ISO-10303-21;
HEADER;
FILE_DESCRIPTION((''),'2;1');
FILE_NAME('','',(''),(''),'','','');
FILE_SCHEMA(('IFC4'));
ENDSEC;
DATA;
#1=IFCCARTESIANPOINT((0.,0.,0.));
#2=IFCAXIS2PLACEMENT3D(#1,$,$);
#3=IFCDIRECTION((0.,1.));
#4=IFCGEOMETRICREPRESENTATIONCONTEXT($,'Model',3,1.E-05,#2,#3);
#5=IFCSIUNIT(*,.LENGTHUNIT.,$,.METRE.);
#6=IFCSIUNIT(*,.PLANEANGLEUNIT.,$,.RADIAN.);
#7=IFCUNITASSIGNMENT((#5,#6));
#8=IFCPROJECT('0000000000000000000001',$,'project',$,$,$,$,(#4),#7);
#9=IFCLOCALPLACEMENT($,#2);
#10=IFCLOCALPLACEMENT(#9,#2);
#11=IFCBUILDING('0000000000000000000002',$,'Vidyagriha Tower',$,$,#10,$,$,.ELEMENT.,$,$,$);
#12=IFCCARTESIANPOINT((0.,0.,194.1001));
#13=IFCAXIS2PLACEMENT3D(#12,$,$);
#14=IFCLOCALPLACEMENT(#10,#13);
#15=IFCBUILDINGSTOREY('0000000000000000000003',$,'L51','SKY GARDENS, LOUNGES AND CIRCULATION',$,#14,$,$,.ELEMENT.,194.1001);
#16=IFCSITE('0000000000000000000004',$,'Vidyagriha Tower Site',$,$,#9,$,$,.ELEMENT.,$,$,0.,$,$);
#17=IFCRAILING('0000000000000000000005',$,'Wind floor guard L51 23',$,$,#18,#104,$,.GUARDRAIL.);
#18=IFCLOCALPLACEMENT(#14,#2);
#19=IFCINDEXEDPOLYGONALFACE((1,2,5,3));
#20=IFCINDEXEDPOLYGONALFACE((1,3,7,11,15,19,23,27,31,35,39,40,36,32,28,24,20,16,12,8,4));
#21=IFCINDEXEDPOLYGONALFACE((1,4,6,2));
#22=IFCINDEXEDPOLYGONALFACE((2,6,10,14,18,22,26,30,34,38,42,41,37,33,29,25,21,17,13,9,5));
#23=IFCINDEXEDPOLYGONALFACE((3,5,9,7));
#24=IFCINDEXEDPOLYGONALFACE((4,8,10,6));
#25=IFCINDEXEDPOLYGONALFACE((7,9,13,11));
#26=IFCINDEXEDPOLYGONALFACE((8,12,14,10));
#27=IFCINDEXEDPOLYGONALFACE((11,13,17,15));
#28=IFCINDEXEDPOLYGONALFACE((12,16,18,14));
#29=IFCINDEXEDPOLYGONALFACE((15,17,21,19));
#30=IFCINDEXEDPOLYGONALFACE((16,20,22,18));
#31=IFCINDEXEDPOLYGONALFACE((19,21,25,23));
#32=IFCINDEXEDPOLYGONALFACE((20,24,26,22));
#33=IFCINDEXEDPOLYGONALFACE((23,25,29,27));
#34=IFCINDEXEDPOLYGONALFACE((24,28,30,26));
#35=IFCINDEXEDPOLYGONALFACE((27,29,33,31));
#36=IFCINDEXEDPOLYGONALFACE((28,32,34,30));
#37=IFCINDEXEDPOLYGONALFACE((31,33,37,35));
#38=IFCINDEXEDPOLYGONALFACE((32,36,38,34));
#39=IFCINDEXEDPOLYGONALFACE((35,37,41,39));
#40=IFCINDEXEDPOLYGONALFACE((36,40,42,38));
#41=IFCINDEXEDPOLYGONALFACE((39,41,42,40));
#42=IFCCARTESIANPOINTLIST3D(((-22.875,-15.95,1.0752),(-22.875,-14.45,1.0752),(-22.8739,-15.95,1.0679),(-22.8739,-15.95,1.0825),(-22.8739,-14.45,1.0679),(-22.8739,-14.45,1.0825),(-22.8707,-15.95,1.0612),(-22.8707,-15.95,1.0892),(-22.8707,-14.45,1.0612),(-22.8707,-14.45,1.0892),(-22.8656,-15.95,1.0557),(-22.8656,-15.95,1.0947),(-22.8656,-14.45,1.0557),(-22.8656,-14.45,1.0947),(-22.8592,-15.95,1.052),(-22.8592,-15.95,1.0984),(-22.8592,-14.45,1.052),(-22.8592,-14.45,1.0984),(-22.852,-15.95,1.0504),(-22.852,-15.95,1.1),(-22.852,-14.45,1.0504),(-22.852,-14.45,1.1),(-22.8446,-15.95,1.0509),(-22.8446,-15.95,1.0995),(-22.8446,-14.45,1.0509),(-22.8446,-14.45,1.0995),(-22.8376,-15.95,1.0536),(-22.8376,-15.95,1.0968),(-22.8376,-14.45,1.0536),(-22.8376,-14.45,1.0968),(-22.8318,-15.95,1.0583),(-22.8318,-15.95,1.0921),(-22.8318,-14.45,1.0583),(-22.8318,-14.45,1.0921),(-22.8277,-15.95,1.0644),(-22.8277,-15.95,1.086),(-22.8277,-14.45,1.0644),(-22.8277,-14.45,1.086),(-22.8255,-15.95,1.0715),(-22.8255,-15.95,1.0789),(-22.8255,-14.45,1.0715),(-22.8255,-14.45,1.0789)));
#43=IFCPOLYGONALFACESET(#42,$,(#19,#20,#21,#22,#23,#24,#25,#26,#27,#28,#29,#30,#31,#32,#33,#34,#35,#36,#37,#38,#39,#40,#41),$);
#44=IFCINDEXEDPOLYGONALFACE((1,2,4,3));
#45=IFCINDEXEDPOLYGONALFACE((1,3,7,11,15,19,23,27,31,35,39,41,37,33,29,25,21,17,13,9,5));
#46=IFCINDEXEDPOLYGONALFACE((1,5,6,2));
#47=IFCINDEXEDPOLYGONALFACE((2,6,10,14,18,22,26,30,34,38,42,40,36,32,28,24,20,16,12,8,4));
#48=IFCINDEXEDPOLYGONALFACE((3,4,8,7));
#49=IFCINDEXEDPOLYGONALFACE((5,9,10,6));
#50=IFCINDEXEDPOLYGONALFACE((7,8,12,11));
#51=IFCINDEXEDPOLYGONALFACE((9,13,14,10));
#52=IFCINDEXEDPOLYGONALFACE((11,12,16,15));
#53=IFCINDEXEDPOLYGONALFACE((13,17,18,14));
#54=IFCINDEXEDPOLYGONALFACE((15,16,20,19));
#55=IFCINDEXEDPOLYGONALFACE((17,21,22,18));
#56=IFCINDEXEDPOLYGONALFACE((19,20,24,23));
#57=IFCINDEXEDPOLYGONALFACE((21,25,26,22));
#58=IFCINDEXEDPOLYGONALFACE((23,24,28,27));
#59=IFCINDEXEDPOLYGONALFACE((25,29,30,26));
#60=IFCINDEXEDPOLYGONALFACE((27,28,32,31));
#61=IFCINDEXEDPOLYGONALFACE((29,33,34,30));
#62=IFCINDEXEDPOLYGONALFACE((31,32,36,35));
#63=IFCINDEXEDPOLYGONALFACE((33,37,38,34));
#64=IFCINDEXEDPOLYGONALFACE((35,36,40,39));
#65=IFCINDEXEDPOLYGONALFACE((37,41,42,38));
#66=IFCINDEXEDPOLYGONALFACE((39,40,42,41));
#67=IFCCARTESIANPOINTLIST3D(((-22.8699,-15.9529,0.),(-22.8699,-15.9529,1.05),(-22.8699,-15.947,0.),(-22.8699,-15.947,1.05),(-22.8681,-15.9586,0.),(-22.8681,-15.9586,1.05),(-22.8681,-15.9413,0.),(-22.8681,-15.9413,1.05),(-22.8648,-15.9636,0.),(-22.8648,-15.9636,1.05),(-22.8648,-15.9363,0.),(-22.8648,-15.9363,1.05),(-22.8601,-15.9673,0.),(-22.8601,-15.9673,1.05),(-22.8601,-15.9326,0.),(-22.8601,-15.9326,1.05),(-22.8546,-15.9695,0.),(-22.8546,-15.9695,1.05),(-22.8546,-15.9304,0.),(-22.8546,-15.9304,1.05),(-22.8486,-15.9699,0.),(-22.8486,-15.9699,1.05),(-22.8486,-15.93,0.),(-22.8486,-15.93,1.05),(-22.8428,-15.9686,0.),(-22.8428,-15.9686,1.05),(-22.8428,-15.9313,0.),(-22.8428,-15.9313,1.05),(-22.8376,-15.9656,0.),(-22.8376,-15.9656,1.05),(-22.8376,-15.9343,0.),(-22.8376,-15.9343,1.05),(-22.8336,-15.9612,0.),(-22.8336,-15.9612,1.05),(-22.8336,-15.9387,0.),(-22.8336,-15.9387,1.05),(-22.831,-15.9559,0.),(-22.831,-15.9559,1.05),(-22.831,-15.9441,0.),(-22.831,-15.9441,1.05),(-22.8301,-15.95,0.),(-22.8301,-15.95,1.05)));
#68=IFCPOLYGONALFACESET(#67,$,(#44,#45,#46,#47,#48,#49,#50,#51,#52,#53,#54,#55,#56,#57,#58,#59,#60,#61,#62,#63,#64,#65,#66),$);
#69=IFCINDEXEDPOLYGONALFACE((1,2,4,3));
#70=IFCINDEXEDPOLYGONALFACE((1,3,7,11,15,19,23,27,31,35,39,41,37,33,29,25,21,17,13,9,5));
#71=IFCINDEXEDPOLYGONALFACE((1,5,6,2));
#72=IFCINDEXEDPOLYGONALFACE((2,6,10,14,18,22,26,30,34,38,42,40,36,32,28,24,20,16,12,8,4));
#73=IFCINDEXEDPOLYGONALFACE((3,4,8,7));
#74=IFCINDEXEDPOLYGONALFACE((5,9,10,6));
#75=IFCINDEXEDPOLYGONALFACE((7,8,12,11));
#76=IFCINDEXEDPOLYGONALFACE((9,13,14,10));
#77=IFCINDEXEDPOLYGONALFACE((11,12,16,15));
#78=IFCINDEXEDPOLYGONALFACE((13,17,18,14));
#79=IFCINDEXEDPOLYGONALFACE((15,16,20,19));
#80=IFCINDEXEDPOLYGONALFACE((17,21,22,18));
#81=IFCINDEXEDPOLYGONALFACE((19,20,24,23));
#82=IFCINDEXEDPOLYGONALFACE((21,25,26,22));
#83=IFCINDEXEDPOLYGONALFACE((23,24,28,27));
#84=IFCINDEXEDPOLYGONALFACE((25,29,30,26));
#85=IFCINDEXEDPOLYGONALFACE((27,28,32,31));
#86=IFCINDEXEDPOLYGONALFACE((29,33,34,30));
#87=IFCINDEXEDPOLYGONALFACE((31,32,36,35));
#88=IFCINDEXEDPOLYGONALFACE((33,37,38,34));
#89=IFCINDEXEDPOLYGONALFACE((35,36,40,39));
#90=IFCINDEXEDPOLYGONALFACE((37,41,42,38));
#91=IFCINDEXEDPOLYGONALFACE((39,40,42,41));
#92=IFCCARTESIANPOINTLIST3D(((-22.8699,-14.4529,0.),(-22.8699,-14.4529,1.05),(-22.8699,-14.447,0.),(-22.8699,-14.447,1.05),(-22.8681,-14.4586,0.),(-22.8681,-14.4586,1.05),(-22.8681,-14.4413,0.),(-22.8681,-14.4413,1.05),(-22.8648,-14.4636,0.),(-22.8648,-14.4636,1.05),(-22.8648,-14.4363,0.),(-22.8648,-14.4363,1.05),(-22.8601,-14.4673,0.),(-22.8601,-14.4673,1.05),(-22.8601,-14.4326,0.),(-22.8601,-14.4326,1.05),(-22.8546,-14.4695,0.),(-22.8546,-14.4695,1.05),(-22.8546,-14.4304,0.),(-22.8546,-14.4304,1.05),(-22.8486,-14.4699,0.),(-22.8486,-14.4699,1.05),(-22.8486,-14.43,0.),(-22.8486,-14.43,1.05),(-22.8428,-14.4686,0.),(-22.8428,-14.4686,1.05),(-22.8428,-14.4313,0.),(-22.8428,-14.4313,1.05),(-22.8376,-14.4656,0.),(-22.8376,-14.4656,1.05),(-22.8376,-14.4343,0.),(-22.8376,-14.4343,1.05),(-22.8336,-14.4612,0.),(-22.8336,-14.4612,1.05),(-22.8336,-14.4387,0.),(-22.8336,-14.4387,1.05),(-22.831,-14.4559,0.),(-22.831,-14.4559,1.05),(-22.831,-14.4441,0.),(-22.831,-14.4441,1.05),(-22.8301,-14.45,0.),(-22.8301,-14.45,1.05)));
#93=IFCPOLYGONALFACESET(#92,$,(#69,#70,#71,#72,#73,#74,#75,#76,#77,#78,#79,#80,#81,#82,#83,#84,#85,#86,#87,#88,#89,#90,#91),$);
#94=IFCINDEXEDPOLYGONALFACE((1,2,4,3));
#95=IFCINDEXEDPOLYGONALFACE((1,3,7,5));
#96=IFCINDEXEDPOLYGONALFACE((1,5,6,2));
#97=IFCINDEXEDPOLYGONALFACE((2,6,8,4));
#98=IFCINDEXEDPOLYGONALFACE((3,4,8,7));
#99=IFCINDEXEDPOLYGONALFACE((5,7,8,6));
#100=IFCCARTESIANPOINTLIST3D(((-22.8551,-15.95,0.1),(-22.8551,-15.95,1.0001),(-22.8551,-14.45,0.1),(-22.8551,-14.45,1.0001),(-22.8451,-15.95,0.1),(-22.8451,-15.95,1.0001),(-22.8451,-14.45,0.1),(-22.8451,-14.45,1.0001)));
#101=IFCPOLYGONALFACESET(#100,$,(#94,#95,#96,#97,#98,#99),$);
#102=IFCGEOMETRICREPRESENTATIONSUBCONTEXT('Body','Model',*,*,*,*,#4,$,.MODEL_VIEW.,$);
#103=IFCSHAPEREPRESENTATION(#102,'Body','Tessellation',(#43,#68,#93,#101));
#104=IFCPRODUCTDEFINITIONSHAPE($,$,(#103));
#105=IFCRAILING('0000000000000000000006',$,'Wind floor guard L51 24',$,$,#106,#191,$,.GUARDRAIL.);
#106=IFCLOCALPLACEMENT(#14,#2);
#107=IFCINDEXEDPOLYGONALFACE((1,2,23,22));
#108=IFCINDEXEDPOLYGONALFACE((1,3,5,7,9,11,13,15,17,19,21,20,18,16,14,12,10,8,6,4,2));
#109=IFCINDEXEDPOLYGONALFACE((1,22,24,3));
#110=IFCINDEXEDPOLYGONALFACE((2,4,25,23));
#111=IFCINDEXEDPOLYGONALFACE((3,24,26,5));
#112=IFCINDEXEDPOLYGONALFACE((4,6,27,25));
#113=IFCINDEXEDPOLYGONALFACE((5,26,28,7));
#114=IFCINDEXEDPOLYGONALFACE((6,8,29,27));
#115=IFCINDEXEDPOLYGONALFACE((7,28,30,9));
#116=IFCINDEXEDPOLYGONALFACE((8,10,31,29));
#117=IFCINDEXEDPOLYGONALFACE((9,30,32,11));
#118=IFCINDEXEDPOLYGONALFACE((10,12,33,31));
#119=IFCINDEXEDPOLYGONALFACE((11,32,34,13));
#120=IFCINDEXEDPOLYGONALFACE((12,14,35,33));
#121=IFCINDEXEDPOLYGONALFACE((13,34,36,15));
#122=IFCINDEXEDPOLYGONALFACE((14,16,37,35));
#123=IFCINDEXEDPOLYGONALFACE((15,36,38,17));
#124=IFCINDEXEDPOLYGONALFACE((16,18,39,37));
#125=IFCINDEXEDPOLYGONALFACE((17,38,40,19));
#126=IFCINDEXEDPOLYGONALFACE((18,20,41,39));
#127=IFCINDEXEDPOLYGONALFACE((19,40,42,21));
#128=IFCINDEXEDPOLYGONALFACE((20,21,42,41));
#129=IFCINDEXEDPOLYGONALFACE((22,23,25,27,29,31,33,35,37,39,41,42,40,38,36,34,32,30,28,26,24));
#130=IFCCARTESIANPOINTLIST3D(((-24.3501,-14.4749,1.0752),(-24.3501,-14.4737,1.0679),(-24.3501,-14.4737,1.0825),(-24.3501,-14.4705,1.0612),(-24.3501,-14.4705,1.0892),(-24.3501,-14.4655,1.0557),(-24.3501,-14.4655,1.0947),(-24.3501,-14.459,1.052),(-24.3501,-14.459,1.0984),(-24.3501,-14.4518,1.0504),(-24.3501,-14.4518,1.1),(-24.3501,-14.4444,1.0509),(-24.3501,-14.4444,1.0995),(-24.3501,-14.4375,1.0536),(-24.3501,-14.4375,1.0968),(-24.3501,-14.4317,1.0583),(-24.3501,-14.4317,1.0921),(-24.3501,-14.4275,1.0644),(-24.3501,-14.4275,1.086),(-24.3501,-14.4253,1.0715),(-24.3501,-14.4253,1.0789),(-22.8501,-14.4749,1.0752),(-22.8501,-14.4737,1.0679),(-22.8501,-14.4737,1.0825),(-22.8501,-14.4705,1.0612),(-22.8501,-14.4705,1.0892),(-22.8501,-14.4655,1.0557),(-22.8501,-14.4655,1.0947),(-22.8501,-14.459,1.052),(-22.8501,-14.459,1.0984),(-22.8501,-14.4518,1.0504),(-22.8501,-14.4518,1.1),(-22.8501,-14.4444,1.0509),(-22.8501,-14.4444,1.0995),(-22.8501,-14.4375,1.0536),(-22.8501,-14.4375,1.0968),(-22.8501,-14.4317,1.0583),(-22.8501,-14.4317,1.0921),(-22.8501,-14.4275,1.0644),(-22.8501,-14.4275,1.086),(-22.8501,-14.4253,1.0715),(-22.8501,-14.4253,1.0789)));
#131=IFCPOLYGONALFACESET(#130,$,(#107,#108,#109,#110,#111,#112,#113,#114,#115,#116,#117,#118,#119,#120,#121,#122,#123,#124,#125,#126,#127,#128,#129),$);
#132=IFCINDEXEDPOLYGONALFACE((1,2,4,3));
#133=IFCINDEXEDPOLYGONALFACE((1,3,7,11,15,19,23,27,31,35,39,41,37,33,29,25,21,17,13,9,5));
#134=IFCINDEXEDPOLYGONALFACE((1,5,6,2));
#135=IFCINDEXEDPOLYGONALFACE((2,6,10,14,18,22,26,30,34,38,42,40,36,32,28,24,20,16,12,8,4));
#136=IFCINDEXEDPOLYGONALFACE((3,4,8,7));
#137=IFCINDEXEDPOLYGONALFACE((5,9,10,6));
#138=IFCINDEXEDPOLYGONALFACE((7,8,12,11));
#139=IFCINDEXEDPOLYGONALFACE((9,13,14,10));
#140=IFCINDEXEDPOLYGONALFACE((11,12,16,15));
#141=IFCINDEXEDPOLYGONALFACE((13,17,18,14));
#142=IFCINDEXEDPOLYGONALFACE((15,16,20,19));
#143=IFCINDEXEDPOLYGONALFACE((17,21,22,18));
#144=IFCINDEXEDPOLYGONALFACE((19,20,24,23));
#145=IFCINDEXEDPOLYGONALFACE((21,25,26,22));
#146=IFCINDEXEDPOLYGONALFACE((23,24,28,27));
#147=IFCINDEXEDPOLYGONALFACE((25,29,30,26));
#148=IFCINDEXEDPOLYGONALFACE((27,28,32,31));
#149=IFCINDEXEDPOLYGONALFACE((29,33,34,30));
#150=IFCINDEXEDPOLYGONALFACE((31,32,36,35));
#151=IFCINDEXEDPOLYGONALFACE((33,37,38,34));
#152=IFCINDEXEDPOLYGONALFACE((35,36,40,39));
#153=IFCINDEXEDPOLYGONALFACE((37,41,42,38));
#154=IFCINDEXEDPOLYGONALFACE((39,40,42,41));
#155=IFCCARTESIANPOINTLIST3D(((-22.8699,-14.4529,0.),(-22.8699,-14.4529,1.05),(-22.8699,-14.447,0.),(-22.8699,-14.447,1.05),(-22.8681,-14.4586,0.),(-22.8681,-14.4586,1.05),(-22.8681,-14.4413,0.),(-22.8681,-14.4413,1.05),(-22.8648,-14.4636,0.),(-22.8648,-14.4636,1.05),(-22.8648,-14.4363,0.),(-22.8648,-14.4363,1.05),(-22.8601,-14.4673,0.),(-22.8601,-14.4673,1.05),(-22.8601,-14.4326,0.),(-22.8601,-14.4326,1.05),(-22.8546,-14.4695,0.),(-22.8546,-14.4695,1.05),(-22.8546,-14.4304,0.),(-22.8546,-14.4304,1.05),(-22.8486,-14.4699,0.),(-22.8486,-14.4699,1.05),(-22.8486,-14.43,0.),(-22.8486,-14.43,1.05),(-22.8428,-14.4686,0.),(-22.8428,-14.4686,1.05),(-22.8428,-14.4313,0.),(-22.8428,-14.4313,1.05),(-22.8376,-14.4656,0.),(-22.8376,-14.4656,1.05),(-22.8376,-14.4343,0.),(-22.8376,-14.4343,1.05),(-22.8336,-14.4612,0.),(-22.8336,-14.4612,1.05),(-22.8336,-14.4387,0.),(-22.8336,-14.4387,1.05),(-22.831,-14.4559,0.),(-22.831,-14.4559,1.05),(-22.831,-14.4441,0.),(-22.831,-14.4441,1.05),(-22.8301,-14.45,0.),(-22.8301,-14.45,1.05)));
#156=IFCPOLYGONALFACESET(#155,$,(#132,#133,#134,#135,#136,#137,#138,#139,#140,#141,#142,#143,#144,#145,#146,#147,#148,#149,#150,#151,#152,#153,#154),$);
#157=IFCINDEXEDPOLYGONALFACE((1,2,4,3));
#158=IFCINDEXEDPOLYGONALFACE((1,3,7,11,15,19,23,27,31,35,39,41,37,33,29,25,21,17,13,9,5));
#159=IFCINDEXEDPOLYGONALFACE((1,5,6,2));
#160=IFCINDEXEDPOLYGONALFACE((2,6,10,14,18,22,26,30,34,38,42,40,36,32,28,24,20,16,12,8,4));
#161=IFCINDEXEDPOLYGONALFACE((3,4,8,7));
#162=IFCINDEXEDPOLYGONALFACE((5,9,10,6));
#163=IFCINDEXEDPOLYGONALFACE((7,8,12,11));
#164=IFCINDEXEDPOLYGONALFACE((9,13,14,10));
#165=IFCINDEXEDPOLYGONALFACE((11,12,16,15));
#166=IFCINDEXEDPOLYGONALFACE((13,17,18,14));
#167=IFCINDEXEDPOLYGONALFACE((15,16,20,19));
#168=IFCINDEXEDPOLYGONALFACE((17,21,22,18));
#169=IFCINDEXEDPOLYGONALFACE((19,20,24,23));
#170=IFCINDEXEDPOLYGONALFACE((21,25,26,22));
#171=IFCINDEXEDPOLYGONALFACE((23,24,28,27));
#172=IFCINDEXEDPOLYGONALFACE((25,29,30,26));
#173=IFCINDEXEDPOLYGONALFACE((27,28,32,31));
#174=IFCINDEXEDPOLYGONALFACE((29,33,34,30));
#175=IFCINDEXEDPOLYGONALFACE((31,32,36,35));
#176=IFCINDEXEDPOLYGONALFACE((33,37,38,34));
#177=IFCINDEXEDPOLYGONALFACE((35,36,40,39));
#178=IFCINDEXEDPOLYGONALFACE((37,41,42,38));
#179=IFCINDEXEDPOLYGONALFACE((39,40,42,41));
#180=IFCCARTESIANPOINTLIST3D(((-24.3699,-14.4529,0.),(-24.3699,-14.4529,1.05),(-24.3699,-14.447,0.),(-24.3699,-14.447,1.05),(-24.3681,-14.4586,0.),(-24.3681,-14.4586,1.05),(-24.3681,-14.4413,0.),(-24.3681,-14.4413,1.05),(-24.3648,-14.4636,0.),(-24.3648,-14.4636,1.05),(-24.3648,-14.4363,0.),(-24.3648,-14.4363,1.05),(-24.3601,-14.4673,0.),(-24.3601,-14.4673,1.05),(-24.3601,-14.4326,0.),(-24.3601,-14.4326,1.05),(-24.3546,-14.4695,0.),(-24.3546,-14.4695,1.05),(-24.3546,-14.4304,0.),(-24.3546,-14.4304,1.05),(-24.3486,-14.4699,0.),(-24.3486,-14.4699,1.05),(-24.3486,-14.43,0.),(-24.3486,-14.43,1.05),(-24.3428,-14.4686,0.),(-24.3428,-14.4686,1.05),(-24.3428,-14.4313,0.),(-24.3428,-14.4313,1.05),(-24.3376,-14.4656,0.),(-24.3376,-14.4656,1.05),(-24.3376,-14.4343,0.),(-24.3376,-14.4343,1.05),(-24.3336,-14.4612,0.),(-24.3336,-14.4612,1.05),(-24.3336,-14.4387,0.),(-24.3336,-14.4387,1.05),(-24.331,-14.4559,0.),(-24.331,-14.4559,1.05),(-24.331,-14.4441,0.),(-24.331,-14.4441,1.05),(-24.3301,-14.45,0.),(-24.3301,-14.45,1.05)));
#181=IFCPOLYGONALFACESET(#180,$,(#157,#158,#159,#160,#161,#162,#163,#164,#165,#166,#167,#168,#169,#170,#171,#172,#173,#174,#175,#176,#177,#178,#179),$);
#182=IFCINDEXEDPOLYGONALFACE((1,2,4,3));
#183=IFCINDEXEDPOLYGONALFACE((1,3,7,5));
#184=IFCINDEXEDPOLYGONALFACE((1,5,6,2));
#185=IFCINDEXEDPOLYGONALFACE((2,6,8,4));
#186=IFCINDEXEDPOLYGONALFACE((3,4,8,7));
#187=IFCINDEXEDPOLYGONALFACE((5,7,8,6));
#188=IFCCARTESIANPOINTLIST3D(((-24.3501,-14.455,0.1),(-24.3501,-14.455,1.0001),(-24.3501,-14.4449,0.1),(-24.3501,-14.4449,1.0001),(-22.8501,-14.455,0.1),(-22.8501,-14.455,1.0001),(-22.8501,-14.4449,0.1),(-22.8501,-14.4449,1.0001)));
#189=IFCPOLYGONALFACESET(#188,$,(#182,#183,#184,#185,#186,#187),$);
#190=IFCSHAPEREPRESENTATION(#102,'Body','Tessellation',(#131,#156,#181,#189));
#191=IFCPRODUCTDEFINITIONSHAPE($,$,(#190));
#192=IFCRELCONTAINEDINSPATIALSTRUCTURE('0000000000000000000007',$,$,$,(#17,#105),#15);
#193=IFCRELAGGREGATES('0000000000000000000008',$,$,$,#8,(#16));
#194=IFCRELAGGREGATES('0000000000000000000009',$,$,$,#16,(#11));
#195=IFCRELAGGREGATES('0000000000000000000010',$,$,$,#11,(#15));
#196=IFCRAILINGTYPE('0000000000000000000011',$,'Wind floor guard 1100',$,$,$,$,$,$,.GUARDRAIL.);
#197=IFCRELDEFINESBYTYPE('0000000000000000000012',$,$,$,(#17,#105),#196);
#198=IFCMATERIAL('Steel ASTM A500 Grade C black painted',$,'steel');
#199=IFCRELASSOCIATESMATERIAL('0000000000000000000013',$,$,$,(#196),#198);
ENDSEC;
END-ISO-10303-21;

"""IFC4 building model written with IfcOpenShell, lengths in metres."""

from ifc_helpers import new_model, si_unit, direction, frame, origin, origin_2d, place, context, subcontext, project, spatial, rectangle, circle, extrude, material, type_object, element, save


model = new_model("IFC4")

# Units and contexts
model_context = context("Model", 3, precision=1e-05, world=origin(), true_north=direction((0.0, 1.0)))
body_context = subcontext(model_context, "Body", "Model", "MODEL_VIEW")
ifc_project = project(units=[si_unit("LENGTHUNIT", "METRE"), si_unit("PLANEANGLEUNIT", "RADIAN")], contexts=[model_context])

# Site, building, storey
site_placement = place(None, origin())
site = spatial("IfcSite", under=ifc_project, at=site_placement, Name="Vidyagriha Tower Site", CompositionType="ELEMENT", RefElevation=0.0)
building_placement = place(site_placement, origin())
building = spatial("IfcBuilding", under=site, at=building_placement, Name="Vidyagriha Tower", CompositionType="ELEMENT")
storey_placement = place(building_placement, frame((0.0, 0.0, 194.1001)))
storey = spatial("IfcBuildingStorey", under=building, at=storey_placement, Name="L51", Description="SKY GARDENS, LOUNGES AND CIRCULATION", CompositionType="ELEMENT", Elevation=194.1001)

# Railings
ifc_material_1 = material(Name="Steel ASTM A500 Grade C black painted", Category="steel")
railing_type = type_object("IfcRailingType", Name="Wind floor guard 1100", PredefinedType="GUARDRAIL", material=ifc_material_1)
railing_1_placement = place(storey_placement, frame((-22.8501, -15.95, 0.0)))
element("IfcRailing", 1, at=railing_1_placement, inside=storey, type_object=railing_type, Name="Wind floor guard L51 23", PredefinedType="GUARDRAIL", context=body_context, shape_type="SweptSolid", body=[
    extrude(circle(Radius=0.0249, at=origin_2d()), frame((0.0, 0.0, 1.0752), z_axis=(0.0, 1.0, 0.0), x_axis=(-1.0, 0.0, 0.0)), (0.0, 0.0, 1.0), 1.5),
    extrude(circle(Radius=0.02, at=origin_2d()), origin(), (0.0, 0.0, 1.0), 1.05),
    extrude(circle(Radius=0.02, at=origin_2d()), frame((0.0, 1.5, 0.0)), (0.0, 0.0, 1.0), 1.05),
    extrude(rectangle(XDim=0.01, YDim=0.9001, at=origin_2d()), frame((0.0, 0.0, 0.55), z_axis=(0.0, 1.0, 0.0), x_axis=(-1.0, 0.0, 0.0)), (0.0, 0.0, 1.0), 1.5),
])
railing_2_placement = place(storey_placement, frame((-22.8501, -14.45, 0.0)))
element("IfcRailing", 2, at=railing_2_placement, inside=storey, type_object=railing_type, Name="Wind floor guard L51 24", PredefinedType="GUARDRAIL", context=body_context, shape_type="SweptSolid", body=[
    extrude(circle(Radius=0.0249, at=origin_2d()), frame((0.0, 0.0, 1.0752), z_axis=(-1.0, 0.0, 0.0), x_axis=(0.0, -1.0, 0.0)), (0.0, 0.0, 1.0), 1.5),
    extrude(circle(Radius=0.02, at=origin_2d()), origin(), (0.0, 0.0, 1.0), 1.05),
    extrude(circle(Radius=0.02, at=origin_2d()), frame((-1.5, 0.0, 0.0)), (0.0, 0.0, 1.0), 1.05),
    extrude(rectangle(XDim=0.01, YDim=0.9001, at=origin_2d()), frame((0.0, 0.0, 0.55), z_axis=(-1.0, 0.0, 0.0), x_axis=(0.0, -1.0, 0.0)), (0.0, 0.0, 1.0), 1.5),
])

save(model, "model.ifc")
